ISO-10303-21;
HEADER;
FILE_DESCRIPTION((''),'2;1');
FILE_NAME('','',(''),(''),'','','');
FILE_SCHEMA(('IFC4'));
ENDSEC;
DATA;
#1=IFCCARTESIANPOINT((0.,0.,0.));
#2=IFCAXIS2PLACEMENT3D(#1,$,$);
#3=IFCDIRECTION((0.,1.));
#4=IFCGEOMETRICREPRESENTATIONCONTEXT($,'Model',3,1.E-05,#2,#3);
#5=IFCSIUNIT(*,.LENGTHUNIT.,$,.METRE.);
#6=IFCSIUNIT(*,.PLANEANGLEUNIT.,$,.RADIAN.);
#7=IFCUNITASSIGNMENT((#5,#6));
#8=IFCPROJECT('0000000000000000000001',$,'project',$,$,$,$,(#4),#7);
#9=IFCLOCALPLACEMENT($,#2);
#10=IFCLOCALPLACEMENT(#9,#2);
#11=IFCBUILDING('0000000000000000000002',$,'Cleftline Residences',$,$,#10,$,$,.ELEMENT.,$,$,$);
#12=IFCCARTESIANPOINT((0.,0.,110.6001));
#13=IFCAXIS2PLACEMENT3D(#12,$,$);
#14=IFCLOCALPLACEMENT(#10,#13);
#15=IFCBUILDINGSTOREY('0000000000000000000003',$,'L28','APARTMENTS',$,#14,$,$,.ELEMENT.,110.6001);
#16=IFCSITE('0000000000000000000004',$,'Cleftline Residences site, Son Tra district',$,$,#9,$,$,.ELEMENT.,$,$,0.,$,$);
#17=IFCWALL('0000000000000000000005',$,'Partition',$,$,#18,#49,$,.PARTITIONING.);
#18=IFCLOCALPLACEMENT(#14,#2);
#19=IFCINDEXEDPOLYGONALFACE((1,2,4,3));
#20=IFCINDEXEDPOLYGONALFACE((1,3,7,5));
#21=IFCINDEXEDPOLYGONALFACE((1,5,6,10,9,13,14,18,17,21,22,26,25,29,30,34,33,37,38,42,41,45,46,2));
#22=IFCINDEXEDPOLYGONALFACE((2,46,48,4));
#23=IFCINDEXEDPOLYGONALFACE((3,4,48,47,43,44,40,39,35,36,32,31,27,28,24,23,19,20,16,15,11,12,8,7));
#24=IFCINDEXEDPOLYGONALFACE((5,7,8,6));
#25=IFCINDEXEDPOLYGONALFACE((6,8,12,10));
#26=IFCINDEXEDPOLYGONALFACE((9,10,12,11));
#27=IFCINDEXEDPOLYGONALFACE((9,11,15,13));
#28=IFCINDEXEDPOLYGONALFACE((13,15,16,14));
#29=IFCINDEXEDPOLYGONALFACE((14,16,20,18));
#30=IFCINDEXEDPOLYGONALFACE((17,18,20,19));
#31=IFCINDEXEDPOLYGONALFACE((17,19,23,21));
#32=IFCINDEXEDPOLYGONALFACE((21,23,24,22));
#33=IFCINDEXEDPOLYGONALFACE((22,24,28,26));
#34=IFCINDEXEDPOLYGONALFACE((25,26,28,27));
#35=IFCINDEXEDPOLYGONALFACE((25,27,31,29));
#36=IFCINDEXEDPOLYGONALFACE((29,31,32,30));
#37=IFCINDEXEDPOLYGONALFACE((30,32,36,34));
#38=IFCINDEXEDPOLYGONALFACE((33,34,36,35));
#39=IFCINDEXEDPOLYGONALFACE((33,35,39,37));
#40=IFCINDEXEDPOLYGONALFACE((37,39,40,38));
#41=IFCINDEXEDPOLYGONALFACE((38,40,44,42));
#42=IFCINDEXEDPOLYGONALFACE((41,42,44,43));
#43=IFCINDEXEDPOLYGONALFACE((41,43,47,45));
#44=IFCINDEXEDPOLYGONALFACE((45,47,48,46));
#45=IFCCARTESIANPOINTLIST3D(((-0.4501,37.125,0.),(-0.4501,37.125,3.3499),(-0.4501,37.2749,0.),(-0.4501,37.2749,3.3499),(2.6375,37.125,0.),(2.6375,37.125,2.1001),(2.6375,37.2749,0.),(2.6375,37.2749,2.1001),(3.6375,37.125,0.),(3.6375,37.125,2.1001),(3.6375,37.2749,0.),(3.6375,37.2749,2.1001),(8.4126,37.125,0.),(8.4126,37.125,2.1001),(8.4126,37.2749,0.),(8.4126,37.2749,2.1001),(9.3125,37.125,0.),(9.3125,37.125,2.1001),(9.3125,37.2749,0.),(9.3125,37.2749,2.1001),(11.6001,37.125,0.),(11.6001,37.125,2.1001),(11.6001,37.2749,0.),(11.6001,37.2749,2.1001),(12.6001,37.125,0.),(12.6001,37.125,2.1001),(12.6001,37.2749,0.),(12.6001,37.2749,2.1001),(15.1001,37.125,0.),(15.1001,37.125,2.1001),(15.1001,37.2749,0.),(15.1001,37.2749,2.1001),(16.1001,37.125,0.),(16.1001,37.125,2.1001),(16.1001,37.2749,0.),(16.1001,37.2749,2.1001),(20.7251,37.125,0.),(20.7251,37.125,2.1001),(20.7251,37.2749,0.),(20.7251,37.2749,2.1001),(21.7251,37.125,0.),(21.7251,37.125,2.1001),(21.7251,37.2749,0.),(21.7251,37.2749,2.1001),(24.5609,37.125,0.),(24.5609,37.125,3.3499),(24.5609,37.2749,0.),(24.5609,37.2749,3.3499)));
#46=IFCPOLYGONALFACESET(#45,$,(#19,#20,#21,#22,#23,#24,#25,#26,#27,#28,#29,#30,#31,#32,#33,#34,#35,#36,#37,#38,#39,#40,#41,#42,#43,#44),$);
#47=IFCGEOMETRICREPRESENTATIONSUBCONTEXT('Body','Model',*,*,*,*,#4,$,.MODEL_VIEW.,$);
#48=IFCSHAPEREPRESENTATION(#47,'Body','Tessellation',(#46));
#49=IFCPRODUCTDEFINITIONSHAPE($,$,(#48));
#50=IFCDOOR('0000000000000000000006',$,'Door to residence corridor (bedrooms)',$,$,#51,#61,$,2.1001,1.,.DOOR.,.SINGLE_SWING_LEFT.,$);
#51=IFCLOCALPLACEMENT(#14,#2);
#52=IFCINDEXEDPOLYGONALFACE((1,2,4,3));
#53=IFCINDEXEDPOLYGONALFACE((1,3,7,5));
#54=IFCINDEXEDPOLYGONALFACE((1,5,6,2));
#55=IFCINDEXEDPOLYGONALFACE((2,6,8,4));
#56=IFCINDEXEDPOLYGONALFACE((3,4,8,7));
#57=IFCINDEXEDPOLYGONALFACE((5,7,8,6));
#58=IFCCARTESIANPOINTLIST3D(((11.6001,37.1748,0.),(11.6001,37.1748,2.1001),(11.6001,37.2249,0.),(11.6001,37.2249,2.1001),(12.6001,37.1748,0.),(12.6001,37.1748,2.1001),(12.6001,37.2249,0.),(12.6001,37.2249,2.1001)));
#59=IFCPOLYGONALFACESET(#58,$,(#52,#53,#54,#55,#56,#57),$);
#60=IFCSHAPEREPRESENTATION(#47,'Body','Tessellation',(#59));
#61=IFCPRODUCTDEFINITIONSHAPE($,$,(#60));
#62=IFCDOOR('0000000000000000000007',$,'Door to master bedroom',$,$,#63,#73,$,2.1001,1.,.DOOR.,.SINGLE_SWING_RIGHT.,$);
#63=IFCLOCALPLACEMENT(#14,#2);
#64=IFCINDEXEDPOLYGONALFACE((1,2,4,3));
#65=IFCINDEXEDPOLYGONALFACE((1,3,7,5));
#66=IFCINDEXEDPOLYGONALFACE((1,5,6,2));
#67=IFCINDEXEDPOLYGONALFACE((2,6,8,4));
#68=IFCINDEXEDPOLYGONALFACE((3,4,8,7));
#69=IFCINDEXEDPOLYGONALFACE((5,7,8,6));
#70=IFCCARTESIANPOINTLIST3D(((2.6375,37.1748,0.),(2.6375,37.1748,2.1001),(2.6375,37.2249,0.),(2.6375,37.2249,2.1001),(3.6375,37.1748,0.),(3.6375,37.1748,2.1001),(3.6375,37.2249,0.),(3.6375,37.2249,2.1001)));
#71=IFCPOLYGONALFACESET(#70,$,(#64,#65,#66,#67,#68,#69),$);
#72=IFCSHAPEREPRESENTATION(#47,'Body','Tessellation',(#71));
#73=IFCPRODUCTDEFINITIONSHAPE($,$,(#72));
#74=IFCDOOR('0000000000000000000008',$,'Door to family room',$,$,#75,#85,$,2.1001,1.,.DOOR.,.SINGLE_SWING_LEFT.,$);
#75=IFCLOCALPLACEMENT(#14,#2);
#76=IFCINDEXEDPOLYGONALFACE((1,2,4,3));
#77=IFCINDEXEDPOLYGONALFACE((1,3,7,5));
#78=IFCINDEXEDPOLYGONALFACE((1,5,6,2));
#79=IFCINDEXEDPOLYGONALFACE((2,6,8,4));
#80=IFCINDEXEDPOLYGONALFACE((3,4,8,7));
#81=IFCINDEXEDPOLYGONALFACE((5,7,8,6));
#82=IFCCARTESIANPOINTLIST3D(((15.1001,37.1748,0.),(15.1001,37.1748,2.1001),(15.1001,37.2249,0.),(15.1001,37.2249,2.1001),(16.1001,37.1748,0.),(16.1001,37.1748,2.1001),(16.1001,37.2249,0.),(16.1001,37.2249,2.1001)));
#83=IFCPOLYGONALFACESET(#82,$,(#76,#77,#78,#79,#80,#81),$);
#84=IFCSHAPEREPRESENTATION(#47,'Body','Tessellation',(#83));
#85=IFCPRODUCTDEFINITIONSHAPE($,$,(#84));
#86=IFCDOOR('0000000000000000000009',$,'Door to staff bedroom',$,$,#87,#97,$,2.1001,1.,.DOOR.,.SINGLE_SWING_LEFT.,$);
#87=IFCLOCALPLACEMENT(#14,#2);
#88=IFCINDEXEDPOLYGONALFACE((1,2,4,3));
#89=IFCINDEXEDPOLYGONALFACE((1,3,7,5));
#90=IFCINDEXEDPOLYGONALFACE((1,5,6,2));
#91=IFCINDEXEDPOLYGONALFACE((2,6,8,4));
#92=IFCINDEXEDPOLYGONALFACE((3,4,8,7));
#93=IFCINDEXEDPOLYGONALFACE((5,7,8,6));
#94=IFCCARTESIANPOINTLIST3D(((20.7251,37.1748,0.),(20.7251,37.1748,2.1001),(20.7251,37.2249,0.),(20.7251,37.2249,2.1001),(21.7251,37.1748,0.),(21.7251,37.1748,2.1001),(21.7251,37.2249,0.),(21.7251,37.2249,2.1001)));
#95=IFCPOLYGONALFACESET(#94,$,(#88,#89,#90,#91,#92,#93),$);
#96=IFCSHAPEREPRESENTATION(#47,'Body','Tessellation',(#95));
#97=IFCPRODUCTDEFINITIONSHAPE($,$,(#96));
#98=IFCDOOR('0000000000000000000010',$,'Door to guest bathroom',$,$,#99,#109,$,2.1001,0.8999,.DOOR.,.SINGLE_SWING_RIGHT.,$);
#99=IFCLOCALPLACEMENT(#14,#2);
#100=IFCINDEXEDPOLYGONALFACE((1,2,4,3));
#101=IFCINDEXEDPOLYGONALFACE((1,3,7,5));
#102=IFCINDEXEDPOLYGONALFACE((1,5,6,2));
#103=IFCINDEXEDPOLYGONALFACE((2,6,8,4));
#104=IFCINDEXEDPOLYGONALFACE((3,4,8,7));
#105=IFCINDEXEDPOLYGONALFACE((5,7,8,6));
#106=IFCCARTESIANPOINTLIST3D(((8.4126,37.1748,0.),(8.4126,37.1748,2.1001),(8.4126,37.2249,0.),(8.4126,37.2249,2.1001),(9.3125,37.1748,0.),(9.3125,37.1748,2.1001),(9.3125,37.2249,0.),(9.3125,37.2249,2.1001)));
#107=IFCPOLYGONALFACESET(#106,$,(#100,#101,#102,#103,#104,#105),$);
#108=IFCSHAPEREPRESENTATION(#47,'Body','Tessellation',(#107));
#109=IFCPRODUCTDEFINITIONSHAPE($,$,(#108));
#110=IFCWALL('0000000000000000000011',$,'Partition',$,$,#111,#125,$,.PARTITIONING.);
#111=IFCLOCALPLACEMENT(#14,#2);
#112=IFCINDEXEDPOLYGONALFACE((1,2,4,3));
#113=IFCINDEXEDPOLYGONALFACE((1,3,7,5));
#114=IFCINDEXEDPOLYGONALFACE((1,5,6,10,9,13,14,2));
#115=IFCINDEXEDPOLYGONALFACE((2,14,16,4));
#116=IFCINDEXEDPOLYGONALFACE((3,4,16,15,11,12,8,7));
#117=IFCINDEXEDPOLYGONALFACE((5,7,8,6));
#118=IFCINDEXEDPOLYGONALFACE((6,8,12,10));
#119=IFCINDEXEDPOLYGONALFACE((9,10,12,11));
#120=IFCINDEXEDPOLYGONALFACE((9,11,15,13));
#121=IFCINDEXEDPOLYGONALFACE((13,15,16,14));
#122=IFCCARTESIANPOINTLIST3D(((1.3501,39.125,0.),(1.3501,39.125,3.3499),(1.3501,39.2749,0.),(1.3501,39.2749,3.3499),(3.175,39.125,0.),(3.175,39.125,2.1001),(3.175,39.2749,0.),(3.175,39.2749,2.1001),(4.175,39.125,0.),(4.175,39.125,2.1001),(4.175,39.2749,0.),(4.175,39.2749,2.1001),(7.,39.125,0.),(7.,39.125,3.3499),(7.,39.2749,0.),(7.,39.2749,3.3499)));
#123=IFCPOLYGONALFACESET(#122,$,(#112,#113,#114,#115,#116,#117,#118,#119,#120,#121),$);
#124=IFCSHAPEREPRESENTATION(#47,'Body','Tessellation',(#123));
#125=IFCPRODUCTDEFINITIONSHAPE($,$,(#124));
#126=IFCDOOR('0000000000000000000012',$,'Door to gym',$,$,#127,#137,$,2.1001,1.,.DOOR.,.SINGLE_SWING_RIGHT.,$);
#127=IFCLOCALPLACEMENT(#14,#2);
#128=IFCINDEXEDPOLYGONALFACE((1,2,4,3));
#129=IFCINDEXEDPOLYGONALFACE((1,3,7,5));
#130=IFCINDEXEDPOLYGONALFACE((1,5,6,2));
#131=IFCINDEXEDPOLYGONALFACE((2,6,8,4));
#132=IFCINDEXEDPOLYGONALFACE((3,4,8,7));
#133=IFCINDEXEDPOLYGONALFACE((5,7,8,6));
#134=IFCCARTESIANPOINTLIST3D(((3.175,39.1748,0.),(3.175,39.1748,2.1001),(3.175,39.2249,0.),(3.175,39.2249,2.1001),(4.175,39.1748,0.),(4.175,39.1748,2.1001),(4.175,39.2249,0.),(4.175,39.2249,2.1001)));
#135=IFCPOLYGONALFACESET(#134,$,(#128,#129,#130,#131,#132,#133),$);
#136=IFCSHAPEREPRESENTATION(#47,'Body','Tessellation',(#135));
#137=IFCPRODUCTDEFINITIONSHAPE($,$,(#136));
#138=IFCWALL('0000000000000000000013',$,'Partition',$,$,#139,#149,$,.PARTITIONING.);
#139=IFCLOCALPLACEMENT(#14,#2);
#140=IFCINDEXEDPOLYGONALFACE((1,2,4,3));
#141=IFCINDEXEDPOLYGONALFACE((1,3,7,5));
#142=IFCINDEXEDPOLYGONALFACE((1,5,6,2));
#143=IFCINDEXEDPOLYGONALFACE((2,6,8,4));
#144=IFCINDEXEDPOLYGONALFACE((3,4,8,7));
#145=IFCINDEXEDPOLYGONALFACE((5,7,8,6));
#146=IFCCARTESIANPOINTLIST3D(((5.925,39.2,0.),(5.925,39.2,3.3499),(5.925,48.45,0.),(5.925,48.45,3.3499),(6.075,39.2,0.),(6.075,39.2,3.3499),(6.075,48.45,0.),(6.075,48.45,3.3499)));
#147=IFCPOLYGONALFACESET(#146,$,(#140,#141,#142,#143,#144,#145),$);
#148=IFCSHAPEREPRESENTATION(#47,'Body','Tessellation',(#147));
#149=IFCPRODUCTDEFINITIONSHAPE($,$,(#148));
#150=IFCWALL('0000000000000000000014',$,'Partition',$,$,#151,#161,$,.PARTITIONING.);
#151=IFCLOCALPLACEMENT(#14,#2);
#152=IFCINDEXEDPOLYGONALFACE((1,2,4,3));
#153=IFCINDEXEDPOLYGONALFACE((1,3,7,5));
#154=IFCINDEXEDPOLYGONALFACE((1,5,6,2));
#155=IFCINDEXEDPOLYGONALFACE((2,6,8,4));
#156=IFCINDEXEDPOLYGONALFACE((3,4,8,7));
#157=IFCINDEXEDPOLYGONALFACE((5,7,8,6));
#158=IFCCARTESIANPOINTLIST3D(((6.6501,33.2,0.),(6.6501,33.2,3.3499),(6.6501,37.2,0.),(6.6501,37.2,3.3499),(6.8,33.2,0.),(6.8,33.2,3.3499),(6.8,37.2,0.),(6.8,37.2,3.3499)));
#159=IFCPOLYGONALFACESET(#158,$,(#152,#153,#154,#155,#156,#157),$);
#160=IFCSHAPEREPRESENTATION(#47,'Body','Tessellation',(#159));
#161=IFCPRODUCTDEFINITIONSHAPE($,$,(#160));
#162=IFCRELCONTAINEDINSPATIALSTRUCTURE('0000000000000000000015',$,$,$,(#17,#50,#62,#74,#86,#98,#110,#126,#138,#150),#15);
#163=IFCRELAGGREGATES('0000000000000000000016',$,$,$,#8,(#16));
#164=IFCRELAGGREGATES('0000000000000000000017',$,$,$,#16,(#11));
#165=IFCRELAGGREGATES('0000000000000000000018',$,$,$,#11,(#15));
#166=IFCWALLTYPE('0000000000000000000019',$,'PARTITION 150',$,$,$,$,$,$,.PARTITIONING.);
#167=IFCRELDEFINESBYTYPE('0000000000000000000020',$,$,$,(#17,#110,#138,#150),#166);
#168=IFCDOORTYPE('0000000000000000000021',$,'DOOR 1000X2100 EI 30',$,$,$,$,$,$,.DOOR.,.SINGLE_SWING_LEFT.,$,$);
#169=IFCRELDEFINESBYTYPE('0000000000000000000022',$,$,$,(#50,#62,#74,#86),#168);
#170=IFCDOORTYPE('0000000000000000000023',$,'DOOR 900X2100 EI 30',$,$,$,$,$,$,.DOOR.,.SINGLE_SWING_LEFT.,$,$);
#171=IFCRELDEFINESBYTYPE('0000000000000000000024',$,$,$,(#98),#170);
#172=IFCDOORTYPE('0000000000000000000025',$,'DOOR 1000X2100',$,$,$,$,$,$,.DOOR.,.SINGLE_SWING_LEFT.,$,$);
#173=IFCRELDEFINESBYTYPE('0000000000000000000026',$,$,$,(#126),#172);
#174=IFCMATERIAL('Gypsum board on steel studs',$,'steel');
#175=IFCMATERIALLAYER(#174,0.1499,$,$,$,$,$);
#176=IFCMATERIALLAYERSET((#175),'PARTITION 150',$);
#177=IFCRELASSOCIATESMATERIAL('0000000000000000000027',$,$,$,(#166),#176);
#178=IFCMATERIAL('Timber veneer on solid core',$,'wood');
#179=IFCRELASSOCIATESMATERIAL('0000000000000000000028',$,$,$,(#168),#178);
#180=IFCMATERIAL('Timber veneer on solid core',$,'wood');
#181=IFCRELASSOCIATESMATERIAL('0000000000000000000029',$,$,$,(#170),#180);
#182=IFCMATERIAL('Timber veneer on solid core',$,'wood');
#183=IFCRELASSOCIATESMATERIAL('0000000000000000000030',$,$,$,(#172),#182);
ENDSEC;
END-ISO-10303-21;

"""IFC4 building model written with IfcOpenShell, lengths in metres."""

from ifc_helpers import new_model, si_unit, direction, frame, frame_2d, origin, place, context, subcontext, project, spatial, rectangle, extrude, material, layer, layer_set, type_object, element, fill, save


model = new_model("IFC4")

# Units and contexts
model_context = context("Model", 3, precision=1e-05, world=origin(), true_north=direction((0.0, 1.0)))
body_context = subcontext(model_context, "Body", "Model", "MODEL_VIEW")
ifc_project = project(units=[si_unit("LENGTHUNIT", "METRE"), si_unit("PLANEANGLEUNIT", "RADIAN")], contexts=[model_context])

# Site, building, storey
site_placement = place(None, origin())
site = spatial("IfcSite", under=ifc_project, at=site_placement, Name="Cleftline Residences site, Son Tra district", CompositionType="ELEMENT", RefElevation=0.0)
building_placement = place(site_placement, origin())
building = spatial("IfcBuilding", under=site, at=building_placement, Name="Cleftline Residences", CompositionType="ELEMENT")
storey_placement = place(building_placement, frame((0.0, 0.0, 110.6001)))
storey = spatial("IfcBuildingStorey", under=building, at=storey_placement, Name="L28", Description="APARTMENTS", CompositionType="ELEMENT", Elevation=110.6001)

# Shared definitions
ifc_material_1 = material(Name="Gypsum board on steel studs", Category="steel")
ifc_layer = layer(ifc_material_1, 0.1499)
ifc_layer_set = layer_set([ifc_layer], Name="PARTITION 150")
wall_type = type_object("IfcWallType", Name="PARTITION 150", PredefinedType="PARTITIONING", material=ifc_layer_set)

# Wall, openings, doors
wall_1_placement = place(storey_placement, frame((-0.45, 37.2, 0.0), z_axis=(0.0, 0.0, 1.0), x_axis=(1.0, 0.0, 0.0)))
wall_1 = element("IfcWall", 1, at=wall_1_placement, inside=storey, type_object=wall_type, Name="Partition", PredefinedType="PARTITIONING", context=body_context, shape_type="SweptSolid", body=[
    extrude(rectangle(XDim=25.011, YDim=0.1499, at=frame_2d((12.5054, 0.0))), origin(), (0.0, 0.0, 1.0), 3.3499),
])
opening_1_placement = place(wall_1_placement, frame((12.05, 0.0, 0.0)))
opening_1 = element("IfcOpeningElement", 2, at=opening_1_placement, cuts=wall_1, PredefinedType="OPENING", context=body_context, shape_type="SweptSolid", body=[
    extrude(rectangle(XDim=1.0, YDim=2.1001, at=frame_2d((0.5, 1.05))), frame((0.0, 0.085, 0.0), z_axis=(0.0, -1.0, 0.0), x_axis=(1.0, 0.0, 0.0)), (0.0, 0.0, 1.0), 0.1699),
])
opening_2_placement = place(wall_1_placement, frame((3.0874, 0.0, 0.0)))
opening_2 = element("IfcOpeningElement", 3, at=opening_2_placement, cuts=wall_1, PredefinedType="OPENING", context=body_context, shape_type="SweptSolid", body=[
    extrude(rectangle(XDim=1.0, YDim=2.1001, at=frame_2d((0.5, 1.05))), frame((0.0, 0.085, 0.0), z_axis=(0.0, -1.0, 0.0), x_axis=(1.0, 0.0, 0.0)), (0.0, 0.0, 1.0), 0.1699),
])
opening_3_placement = place(wall_1_placement, frame((8.8625, 0.0, 0.0)))
opening_3 = element("IfcOpeningElement", 4, at=opening_3_placement, cuts=wall_1, PredefinedType="OPENING", context=body_context, shape_type="SweptSolid", body=[
    extrude(rectangle(XDim=0.8999, YDim=2.1001, at=frame_2d((0.45, 1.05))), frame((0.0, 0.085, 0.0), z_axis=(0.0, -1.0, 0.0), x_axis=(1.0, 0.0, 0.0)), (0.0, 0.0, 1.0), 0.1699),
])
opening_4_placement = place(wall_1_placement, frame((15.55, 0.0, 0.0)))
opening_4 = element("IfcOpeningElement", 5, at=opening_4_placement, cuts=wall_1, PredefinedType="OPENING", context=body_context, shape_type="SweptSolid", body=[
    extrude(rectangle(XDim=1.0, YDim=2.1001, at=frame_2d((0.5, 1.05))), frame((0.0, 0.085, 0.0), z_axis=(0.0, -1.0, 0.0), x_axis=(1.0, 0.0, 0.0)), (0.0, 0.0, 1.0), 0.1699),
])
opening_5_placement = place(wall_1_placement, frame((21.175, 0.0, 0.0)))
opening_5 = element("IfcOpeningElement", 6, at=opening_5_placement, cuts=wall_1, PredefinedType="OPENING", context=body_context, shape_type="SweptSolid", body=[
    extrude(rectangle(XDim=1.0, YDim=2.1001, at=frame_2d((0.5, 1.05))), frame((0.0, 0.085, 0.0), z_axis=(0.0, -1.0, 0.0), x_axis=(1.0, 0.0, 0.0)), (0.0, 0.0, 1.0), 0.1699),
])
ifc_material_2 = material(Name="Timber veneer on solid core", Category="wood")
door_type_1 = type_object("IfcDoorType", Name="DOOR 1000X2100 EI 30", OperationType="SINGLE_SWING_LEFT", PredefinedType="DOOR", material=ifc_material_2)
door_1_placement = place(opening_1_placement, origin())
door_1 = element("IfcDoor", 7, at=door_1_placement, inside=storey, type_object=door_type_1, Name="Door to residence corridor (bedrooms)", OperationType="SINGLE_SWING_LEFT", OverallHeight=2.1001, OverallWidth=1.0, PredefinedType="DOOR", context=body_context, shape_type="SweptSolid", body=[
    extrude(rectangle(XDim=1.0, YDim=2.1001, at=frame_2d((0.5, 1.05))), frame((0.0, 0.0249, 0.0), z_axis=(0.0, -1.0, 0.0), x_axis=(1.0, 0.0, 0.0)), (0.0, 0.0, 1.0), 0.05),
])
fill(opening_1, door_1)
door_2_placement = place(opening_2_placement, origin())
door_2 = element("IfcDoor", 8, at=door_2_placement, inside=storey, type_object=door_type_1, Name="Door to master bedroom", OperationType="SINGLE_SWING_RIGHT", OverallHeight=2.1001, OverallWidth=1.0, PredefinedType="DOOR", context=body_context, shape_type="SweptSolid", body=[
    extrude(rectangle(XDim=1.0, YDim=2.1001, at=frame_2d((0.5, 1.05))), frame((0.0, 0.0249, 0.0), z_axis=(0.0, -1.0, 0.0), x_axis=(1.0, 0.0, 0.0)), (0.0, 0.0, 1.0), 0.05),
])
fill(opening_2, door_2)
door_3_placement = place(opening_4_placement, origin())
door_3 = element("IfcDoor", 9, at=door_3_placement, inside=storey, type_object=door_type_1, Name="Door to family room", OperationType="SINGLE_SWING_LEFT", OverallHeight=2.1001, OverallWidth=1.0, PredefinedType="DOOR", context=body_context, shape_type="SweptSolid", body=[
    extrude(rectangle(XDim=1.0, YDim=2.1001, at=frame_2d((0.5, 1.05))), frame((0.0, 0.0249, 0.0), z_axis=(0.0, -1.0, 0.0), x_axis=(1.0, 0.0, 0.0)), (0.0, 0.0, 1.0), 0.05),
])
fill(opening_4, door_3)
door_4_placement = place(opening_5_placement, origin())
door_4 = element("IfcDoor", 10, at=door_4_placement, inside=storey, type_object=door_type_1, Name="Door to staff bedroom", OperationType="SINGLE_SWING_LEFT", OverallHeight=2.1001, OverallWidth=1.0, PredefinedType="DOOR", context=body_context, shape_type="SweptSolid", body=[
    extrude(rectangle(XDim=1.0, YDim=2.1001, at=frame_2d((0.5, 1.05))), frame((0.0, 0.0249, 0.0), z_axis=(0.0, -1.0, 0.0), x_axis=(1.0, 0.0, 0.0)), (0.0, 0.0, 1.0), 0.05),
])
fill(opening_5, door_4)
ifc_material_3 = material(Name="Timber veneer on solid core", Category="wood")
door_type_2 = type_object("IfcDoorType", Name="DOOR 900X2100 EI 30", OperationType="SINGLE_SWING_LEFT", PredefinedType="DOOR", material=ifc_material_3)
door_5_placement = place(opening_3_placement, origin())
door_5 = element("IfcDoor", 11, at=door_5_placement, inside=storey, type_object=door_type_2, Name="Door to guest bathroom", OperationType="SINGLE_SWING_RIGHT", OverallHeight=2.1001, OverallWidth=0.8999, PredefinedType="DOOR", context=body_context, shape_type="SweptSolid", body=[
    extrude(rectangle(XDim=0.8999, YDim=2.1001, at=frame_2d((0.45, 1.05))), frame((0.0, 0.0249, 0.0), z_axis=(0.0, -1.0, 0.0), x_axis=(1.0, 0.0, 0.0)), (0.0, 0.0, 1.0), 0.05),
])
fill(opening_3, door_5)

# Wall, opening, door
wall_2_placement = place(storey_placement, frame((1.3501, 39.2, 0.0), z_axis=(0.0, 0.0, 1.0), x_axis=(1.0, 0.0, 0.0)))
wall_2 = element("IfcWall", 12, at=wall_2_placement, inside=storey, type_object=wall_type, Name="Partition", PredefinedType="PARTITIONING", context=body_context, shape_type="SweptSolid", body=[
    extrude(rectangle(XDim=5.6499, YDim=0.1499, at=frame_2d((2.825, 0.0))), origin(), (0.0, 0.0, 1.0), 3.3499),
])
opening_6_placement = place(wall_2_placement, frame((1.825, 0.0, 0.0)))
opening_6 = element("IfcOpeningElement", 13, at=opening_6_placement, cuts=wall_2, PredefinedType="OPENING", context=body_context, shape_type="SweptSolid", body=[
    extrude(rectangle(XDim=1.0, YDim=2.1001, at=frame_2d((0.5, 1.05))), frame((0.0, 0.085, 0.0), z_axis=(0.0, -1.0, 0.0), x_axis=(1.0, 0.0, 0.0)), (0.0, 0.0, 1.0), 0.1699),
])
ifc_material_4 = material(Name="Timber veneer on solid core", Category="wood")
door_type_3 = type_object("IfcDoorType", Name="DOOR 1000X2100", OperationType="SINGLE_SWING_LEFT", PredefinedType="DOOR", material=ifc_material_4)
door_6_placement = place(opening_6_placement, origin())
door_6 = element("IfcDoor", 14, at=door_6_placement, inside=storey, type_object=door_type_3, Name="Door to gym", OperationType="SINGLE_SWING_RIGHT", OverallHeight=2.1001, OverallWidth=1.0, PredefinedType="DOOR", context=body_context, shape_type="SweptSolid", body=[
    extrude(rectangle(XDim=1.0, YDim=2.1001, at=frame_2d((0.5, 1.05))), frame((0.0, 0.0249, 0.0), z_axis=(0.0, -1.0, 0.0), x_axis=(1.0, 0.0, 0.0)), (0.0, 0.0, 1.0), 0.05),
])
fill(opening_6, door_6)

# Walls
wall_3_placement = place(storey_placement, frame((6.0, 39.2, 0.0), z_axis=(0.0, 0.0, 1.0), x_axis=(0.0, 1.0, 0.0)))
element("IfcWall", 15, at=wall_3_placement, inside=storey, type_object=wall_type, Name="Partition", PredefinedType="PARTITIONING", context=body_context, shape_type="SweptSolid", body=[
    extrude(rectangle(XDim=9.25, YDim=0.1499, at=frame_2d((4.625, 0.0))), origin(), (0.0, 0.0, 1.0), 3.3499),
])
wall_4_placement = place(storey_placement, frame((6.7251, 33.2, 0.0), z_axis=(0.0, 0.0, 1.0), x_axis=(0.0, 1.0, 0.0)))
element("IfcWall", 16, at=wall_4_placement, inside=storey, type_object=wall_type, Name="Partition", PredefinedType="PARTITIONING", context=body_context, shape_type="SweptSolid", body=[
    extrude(rectangle(XDim=4.0, YDim=0.1499, at=frame_2d((2.0, 0.0))), origin(), (0.0, 0.0, 1.0), 3.3499),
])

save(model, "model.ifc")
